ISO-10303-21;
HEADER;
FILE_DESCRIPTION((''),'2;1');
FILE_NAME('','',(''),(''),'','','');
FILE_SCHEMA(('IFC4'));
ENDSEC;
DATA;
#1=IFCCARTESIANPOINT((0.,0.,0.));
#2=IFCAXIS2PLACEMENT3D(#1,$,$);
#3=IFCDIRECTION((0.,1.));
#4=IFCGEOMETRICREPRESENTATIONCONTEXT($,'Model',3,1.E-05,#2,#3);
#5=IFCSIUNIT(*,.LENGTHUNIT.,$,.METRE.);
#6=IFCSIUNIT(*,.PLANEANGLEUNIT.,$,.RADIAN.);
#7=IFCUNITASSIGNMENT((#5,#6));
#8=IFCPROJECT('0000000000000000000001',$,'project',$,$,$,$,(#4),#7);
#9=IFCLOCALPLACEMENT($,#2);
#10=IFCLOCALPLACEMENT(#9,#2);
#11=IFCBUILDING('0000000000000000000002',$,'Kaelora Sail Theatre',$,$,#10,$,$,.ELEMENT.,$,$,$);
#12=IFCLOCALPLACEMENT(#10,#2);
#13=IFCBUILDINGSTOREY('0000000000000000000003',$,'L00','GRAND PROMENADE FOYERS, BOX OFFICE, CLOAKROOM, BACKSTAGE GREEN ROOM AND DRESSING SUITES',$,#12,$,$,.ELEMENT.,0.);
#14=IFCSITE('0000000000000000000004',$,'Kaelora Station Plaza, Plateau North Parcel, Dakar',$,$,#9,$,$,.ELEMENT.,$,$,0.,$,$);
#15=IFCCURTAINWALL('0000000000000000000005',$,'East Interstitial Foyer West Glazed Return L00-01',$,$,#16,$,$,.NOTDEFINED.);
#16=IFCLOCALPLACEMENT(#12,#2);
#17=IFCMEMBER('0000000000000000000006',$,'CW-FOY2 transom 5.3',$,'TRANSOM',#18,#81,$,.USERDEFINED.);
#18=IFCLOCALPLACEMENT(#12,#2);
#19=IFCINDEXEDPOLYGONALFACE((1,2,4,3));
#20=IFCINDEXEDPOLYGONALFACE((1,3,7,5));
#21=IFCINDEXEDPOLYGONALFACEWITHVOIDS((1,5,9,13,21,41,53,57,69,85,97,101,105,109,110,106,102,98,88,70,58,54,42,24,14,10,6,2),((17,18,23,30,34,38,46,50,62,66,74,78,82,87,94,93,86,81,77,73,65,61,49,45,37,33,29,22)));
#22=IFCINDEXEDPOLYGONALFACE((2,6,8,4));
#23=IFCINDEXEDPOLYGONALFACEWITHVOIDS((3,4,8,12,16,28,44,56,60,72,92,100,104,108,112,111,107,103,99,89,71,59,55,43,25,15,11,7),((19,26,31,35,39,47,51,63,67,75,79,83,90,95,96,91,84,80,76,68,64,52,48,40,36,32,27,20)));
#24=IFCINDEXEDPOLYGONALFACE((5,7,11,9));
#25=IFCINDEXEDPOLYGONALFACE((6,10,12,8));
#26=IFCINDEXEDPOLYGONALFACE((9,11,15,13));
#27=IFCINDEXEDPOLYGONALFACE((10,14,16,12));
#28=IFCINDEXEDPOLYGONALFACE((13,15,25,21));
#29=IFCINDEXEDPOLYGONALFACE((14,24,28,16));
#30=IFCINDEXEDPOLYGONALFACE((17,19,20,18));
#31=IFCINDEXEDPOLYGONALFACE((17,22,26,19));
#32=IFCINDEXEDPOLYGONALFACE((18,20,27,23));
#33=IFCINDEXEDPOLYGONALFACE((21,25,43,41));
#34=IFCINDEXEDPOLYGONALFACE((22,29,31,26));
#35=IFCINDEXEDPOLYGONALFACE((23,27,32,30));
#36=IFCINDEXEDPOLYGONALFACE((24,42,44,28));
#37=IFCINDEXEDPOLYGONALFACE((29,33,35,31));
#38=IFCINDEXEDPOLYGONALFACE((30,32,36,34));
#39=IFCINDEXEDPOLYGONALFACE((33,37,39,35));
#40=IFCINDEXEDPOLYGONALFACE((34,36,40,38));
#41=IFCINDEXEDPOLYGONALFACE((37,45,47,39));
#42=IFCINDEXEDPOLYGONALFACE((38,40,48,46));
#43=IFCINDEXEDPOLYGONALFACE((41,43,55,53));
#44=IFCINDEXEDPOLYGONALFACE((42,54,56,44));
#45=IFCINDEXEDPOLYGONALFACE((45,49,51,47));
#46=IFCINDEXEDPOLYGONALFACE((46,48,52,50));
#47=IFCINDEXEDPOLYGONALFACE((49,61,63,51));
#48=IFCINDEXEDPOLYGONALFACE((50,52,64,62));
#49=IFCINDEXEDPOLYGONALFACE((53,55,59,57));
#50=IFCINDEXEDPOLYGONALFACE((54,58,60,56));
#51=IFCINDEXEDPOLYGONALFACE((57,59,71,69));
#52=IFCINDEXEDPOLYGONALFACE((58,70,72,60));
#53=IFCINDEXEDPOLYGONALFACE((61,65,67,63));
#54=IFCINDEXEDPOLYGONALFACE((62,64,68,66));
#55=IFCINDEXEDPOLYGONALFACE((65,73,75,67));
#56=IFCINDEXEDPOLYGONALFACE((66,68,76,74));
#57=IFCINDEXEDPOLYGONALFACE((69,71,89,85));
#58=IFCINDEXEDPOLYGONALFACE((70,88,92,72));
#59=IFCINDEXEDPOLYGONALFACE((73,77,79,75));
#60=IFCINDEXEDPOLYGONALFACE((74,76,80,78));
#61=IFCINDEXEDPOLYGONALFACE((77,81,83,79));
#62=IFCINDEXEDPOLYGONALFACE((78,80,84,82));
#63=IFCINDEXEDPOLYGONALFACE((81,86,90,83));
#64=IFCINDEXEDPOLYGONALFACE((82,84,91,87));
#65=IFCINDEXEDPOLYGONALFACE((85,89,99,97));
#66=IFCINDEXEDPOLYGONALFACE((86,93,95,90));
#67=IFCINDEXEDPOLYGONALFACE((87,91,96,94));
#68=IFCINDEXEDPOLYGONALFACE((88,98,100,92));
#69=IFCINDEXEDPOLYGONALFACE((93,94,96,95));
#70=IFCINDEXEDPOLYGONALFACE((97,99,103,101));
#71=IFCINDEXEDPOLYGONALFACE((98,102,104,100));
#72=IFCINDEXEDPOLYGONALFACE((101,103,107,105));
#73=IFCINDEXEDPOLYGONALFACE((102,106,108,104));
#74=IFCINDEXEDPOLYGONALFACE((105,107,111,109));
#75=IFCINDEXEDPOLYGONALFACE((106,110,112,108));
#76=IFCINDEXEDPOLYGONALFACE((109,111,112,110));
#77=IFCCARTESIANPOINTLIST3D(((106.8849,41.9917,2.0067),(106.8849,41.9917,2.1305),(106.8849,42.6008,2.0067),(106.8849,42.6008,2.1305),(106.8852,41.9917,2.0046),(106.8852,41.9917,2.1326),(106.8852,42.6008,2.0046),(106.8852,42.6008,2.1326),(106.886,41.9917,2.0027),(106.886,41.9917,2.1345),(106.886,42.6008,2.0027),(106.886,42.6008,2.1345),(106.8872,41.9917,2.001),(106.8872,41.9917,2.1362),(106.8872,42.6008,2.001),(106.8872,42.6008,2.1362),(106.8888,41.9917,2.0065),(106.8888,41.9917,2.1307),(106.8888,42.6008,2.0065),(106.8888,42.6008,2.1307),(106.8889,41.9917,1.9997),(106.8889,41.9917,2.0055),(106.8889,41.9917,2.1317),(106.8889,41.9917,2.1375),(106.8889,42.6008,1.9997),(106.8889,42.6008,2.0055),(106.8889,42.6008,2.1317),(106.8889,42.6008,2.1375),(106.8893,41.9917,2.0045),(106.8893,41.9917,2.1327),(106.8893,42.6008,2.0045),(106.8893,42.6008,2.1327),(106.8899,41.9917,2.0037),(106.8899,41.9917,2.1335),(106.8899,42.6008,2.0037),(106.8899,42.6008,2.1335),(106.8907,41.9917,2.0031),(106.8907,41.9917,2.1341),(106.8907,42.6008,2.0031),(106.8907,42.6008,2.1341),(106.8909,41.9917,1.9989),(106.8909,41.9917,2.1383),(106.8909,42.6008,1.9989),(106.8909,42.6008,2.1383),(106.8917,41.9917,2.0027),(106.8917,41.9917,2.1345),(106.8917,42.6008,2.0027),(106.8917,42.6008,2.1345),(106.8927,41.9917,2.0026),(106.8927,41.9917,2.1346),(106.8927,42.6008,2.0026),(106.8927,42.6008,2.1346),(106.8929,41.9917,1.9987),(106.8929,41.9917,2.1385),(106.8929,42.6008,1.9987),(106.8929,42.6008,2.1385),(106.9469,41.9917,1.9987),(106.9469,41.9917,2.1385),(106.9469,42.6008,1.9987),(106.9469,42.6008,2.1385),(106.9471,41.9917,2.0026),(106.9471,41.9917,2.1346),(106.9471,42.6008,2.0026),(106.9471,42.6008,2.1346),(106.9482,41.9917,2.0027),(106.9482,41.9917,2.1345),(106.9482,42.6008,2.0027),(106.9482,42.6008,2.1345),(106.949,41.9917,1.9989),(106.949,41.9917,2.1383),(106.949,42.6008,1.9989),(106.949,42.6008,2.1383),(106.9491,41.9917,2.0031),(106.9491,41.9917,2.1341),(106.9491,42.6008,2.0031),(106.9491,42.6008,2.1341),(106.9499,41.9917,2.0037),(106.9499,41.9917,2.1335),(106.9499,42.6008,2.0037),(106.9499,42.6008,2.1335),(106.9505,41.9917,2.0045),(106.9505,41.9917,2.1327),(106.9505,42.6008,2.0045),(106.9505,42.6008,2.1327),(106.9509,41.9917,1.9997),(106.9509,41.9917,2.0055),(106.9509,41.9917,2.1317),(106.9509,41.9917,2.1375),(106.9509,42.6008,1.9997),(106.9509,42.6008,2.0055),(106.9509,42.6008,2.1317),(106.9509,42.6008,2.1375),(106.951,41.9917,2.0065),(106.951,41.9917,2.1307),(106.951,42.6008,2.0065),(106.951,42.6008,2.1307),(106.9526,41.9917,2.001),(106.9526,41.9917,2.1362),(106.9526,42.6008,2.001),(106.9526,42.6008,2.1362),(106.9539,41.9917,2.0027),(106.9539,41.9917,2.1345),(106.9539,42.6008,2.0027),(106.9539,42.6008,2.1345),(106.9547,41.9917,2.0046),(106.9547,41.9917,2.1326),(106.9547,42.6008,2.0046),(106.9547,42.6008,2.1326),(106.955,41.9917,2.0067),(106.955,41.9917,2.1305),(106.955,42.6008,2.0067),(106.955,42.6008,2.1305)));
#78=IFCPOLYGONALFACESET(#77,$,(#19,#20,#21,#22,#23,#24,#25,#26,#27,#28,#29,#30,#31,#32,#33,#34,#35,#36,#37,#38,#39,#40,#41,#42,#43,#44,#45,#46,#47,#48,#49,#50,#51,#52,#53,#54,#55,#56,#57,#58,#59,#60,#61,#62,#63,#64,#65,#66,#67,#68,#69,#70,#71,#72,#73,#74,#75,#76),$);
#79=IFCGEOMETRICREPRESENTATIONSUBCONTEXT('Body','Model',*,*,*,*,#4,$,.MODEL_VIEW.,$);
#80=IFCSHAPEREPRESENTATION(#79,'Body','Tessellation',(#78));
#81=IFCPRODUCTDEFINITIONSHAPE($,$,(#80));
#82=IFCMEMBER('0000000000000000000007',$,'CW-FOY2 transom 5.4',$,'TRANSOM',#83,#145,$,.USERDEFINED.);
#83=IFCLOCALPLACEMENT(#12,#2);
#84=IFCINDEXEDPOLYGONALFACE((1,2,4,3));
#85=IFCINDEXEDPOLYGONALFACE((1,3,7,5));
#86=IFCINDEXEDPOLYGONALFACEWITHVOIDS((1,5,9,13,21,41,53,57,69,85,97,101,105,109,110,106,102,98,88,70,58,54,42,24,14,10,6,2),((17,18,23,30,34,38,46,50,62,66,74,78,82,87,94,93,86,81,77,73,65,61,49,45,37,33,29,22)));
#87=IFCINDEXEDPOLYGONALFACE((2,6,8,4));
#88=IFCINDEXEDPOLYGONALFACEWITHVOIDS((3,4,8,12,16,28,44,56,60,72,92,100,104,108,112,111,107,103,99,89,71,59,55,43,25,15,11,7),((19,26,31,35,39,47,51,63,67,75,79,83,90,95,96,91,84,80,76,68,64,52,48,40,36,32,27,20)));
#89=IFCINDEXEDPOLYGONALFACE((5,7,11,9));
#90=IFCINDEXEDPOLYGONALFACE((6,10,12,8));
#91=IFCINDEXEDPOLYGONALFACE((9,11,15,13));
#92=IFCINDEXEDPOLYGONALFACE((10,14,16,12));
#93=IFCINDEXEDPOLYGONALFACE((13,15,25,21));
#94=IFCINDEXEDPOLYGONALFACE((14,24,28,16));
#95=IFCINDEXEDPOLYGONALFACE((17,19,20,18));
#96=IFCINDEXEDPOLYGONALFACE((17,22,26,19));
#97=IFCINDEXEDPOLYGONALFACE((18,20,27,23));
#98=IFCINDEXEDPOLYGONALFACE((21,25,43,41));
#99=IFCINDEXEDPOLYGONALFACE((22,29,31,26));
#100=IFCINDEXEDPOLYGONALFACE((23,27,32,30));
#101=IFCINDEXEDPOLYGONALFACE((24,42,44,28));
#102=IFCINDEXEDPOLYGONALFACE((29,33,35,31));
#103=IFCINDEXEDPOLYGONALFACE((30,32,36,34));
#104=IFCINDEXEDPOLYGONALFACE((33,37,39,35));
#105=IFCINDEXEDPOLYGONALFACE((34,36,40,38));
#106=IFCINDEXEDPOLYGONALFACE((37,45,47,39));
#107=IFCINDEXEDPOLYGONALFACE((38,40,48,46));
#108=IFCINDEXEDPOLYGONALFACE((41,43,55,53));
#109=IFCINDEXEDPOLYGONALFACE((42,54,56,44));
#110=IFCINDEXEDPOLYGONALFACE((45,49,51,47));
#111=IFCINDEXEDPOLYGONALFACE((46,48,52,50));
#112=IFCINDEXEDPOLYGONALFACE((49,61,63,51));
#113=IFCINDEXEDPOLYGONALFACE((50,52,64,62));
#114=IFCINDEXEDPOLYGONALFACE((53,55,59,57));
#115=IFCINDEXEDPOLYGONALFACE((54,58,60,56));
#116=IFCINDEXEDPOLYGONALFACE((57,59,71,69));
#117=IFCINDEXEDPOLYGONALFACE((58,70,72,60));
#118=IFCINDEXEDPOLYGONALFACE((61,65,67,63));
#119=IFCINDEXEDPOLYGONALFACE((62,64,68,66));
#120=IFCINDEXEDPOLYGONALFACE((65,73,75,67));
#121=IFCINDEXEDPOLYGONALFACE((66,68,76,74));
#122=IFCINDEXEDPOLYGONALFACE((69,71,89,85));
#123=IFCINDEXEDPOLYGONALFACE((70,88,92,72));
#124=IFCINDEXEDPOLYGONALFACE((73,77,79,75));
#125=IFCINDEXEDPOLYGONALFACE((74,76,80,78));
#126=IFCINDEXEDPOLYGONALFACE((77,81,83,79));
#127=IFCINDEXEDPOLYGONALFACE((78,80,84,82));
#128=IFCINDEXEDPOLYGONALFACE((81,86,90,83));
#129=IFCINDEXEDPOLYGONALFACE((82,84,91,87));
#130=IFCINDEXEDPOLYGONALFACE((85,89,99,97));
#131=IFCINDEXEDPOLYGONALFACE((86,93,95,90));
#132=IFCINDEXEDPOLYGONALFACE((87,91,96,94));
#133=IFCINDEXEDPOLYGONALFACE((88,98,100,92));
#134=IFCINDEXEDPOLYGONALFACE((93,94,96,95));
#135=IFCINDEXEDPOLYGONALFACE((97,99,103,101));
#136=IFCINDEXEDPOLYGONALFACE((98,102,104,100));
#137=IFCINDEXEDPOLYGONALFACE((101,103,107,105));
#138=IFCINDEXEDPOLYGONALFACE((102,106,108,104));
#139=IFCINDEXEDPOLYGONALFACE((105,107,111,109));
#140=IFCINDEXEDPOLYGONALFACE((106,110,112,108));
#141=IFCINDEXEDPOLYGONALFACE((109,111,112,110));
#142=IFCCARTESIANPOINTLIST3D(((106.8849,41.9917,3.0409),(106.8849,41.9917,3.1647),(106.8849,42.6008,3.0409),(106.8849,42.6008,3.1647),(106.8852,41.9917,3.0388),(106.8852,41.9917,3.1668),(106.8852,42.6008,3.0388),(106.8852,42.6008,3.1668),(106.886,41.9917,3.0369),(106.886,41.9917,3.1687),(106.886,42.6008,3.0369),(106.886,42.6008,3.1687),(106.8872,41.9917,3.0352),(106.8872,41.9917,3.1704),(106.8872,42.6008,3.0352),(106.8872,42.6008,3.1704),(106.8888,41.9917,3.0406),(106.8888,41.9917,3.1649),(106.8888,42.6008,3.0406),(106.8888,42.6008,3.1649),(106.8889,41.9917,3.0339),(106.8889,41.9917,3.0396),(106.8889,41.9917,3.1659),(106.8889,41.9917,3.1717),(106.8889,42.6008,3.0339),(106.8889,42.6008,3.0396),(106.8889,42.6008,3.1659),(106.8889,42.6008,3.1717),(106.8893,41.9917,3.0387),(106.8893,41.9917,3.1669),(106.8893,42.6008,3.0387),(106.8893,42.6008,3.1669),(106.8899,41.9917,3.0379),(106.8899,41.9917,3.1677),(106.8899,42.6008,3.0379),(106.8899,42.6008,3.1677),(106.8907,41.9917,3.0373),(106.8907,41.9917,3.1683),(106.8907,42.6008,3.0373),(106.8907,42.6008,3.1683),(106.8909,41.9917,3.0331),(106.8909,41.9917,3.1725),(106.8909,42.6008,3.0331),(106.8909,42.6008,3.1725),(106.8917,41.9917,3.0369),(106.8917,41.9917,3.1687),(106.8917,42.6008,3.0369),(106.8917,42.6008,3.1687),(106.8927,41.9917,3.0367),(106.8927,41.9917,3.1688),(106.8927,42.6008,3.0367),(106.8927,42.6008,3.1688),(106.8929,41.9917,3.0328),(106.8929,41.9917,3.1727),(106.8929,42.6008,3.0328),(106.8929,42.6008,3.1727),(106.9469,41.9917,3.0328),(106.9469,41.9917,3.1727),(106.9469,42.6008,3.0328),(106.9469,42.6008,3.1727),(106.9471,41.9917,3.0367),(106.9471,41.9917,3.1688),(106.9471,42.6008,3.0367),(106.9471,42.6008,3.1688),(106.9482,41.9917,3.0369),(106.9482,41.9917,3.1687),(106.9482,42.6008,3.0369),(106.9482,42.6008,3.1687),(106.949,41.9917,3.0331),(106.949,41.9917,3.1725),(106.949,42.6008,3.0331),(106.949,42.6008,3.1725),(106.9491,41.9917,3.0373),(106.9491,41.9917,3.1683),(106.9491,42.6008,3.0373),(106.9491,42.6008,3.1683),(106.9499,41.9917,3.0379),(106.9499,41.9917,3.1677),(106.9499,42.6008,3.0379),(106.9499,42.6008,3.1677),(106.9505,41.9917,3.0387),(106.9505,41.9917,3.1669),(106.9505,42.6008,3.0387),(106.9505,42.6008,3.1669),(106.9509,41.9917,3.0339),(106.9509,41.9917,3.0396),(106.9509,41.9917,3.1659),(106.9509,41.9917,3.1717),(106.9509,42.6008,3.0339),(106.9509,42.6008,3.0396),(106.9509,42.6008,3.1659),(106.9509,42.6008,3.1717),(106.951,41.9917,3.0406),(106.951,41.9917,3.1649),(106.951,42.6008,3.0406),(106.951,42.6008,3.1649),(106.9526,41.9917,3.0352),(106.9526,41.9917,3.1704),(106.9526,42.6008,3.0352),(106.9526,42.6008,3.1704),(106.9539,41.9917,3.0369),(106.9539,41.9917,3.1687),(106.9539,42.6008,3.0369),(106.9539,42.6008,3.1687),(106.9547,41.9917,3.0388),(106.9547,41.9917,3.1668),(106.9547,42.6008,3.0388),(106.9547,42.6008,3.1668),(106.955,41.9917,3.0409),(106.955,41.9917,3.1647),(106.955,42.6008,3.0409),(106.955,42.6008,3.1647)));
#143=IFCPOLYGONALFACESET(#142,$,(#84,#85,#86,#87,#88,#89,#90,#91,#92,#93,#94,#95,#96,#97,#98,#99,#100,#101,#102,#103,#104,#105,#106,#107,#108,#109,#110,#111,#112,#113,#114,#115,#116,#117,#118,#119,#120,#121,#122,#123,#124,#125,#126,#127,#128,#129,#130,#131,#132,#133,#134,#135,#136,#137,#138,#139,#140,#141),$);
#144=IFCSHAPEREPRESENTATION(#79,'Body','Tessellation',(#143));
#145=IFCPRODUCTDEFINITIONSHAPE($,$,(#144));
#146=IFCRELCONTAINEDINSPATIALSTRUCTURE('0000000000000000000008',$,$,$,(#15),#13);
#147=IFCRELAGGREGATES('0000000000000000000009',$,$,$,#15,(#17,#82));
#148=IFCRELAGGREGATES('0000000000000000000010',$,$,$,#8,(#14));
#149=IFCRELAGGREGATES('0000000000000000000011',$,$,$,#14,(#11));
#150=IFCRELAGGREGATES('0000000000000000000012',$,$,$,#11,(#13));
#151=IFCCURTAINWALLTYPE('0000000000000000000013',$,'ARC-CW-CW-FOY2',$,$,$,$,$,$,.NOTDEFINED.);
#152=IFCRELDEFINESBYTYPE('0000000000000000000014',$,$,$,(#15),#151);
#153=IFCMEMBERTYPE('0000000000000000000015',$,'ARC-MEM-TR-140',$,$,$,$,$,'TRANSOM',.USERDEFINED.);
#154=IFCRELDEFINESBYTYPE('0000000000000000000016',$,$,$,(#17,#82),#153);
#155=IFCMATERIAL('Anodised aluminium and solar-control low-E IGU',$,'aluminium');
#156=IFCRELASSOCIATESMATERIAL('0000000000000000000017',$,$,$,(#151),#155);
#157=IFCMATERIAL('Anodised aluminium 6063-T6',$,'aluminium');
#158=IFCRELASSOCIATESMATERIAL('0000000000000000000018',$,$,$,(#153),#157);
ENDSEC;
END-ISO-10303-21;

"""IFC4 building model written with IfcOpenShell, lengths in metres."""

from ifc_helpers import new_model, si_unit, direction, frame, origin, origin_2d, place, context, subcontext, project, spatial, hollow_rectangle, extrude, material, material_profile, profile_set, type_object, element, aggregate, save


model = new_model("IFC4")

# Units and contexts
model_context = context("Model", 3, precision=1e-05, world=origin(), true_north=direction((0.0, 1.0)))
body_context = subcontext(model_context, "Body", "Model", "MODEL_VIEW")
ifc_project = project(units=[si_unit("LENGTHUNIT", "METRE"), si_unit("PLANEANGLEUNIT", "RADIAN")], contexts=[model_context])

# Site, building, storey
site_placement = place(None, origin())
site = spatial("IfcSite", under=ifc_project, at=site_placement, Name="Kaelora Station Plaza, Plateau North Parcel, Dakar", CompositionType="ELEMENT", RefElevation=0.0)
building_placement = place(site_placement, origin())
building = spatial("IfcBuilding", under=site, at=building_placement, Name="Kaelora Sail Theatre", CompositionType="ELEMENT")
storey_placement = place(building_placement, origin())
storey = spatial("IfcBuildingStorey", under=building, at=storey_placement, Name="L00", Description="GRAND PROMENADE FOYERS, BOX OFFICE, CLOAKROOM, BACKSTAGE GREEN ROOM AND DRESSING SUITES", CompositionType="ELEMENT", Elevation=0.0)

# Curtain wall, members
ifc_material_1 = material(Name="Anodised aluminium and solar-control low-E IGU", Category="aluminium")
curtain_wall_type = type_object("IfcCurtainWallType", Name="ARC-CW-CW-FOY2", PredefinedType="NOTDEFINED", material=ifc_material_1)
ifc_material_2 = material(Name="Anodised aluminium 6063-T6", Category="aluminium")
ifc_material_profile = material_profile(ifc_material_2, hollow_rectangle(XDim=0.0701, YDim=0.1399, WallThickness=0.0039, InnerFilletRadius=0.0039, OuterFilletRadius=0.0081, at=origin_2d()), Name="ALU-TRAN 70x140x4")
ifc_profile_set = profile_set([ifc_material_profile], Name="Anodised aluminium 6063-T6")
member_type = type_object("IfcMemberType", Name="ARC-MEM-TR-140", ElementType="TRANSOM", PredefinedType="USERDEFINED", material=ifc_profile_set)
curtain_wall_1_placement = place(storey_placement, origin())
curtain_wall_1 = element("IfcCurtainWall", 1, at=curtain_wall_1_placement, inside=storey, type_object=curtain_wall_type, Name="East Interstitial Foyer West Glazed Return L00-01", PredefinedType="NOTDEFINED")
member_1_placement = place(storey_placement, frame((106.9199, 41.9917, 2.0686), z_axis=(0.0, 1.0, 0.0), x_axis=(-1.0, 0.0, 0.0)))
member_1 = element("IfcMember", 2, at=member_1_placement, type_object=member_type, Name="CW-FOY2 transom 5.3", ObjectType="TRANSOM", PredefinedType="USERDEFINED", context=body_context, shape_type="SweptSolid", body=[
    extrude(hollow_rectangle(XDim=0.0701, YDim=0.1399, WallThickness=0.0039, InnerFilletRadius=0.0039, OuterFilletRadius=0.0081, at=origin_2d()), origin(), (0.0, 0.0, 1.0), 0.6091),
])
member_2_placement = place(storey_placement, frame((106.9199, 41.9917, 3.1028), z_axis=(0.0, 1.0, 0.0), x_axis=(-1.0, 0.0, 0.0)))
member_2 = element("IfcMember", 3, at=member_2_placement, type_object=member_type, Name="CW-FOY2 transom 5.4", ObjectType="TRANSOM", PredefinedType="USERDEFINED", context=body_context, shape_type="SweptSolid", body=[
    extrude(hollow_rectangle(XDim=0.0701, YDim=0.1399, WallThickness=0.0039, InnerFilletRadius=0.0039, OuterFilletRadius=0.0081, at=origin_2d()), origin(), (0.0, 0.0, 1.0), 0.6091),
])

aggregate(curtain_wall_1, [member_1, member_2])

save(model, "model.ifc")
